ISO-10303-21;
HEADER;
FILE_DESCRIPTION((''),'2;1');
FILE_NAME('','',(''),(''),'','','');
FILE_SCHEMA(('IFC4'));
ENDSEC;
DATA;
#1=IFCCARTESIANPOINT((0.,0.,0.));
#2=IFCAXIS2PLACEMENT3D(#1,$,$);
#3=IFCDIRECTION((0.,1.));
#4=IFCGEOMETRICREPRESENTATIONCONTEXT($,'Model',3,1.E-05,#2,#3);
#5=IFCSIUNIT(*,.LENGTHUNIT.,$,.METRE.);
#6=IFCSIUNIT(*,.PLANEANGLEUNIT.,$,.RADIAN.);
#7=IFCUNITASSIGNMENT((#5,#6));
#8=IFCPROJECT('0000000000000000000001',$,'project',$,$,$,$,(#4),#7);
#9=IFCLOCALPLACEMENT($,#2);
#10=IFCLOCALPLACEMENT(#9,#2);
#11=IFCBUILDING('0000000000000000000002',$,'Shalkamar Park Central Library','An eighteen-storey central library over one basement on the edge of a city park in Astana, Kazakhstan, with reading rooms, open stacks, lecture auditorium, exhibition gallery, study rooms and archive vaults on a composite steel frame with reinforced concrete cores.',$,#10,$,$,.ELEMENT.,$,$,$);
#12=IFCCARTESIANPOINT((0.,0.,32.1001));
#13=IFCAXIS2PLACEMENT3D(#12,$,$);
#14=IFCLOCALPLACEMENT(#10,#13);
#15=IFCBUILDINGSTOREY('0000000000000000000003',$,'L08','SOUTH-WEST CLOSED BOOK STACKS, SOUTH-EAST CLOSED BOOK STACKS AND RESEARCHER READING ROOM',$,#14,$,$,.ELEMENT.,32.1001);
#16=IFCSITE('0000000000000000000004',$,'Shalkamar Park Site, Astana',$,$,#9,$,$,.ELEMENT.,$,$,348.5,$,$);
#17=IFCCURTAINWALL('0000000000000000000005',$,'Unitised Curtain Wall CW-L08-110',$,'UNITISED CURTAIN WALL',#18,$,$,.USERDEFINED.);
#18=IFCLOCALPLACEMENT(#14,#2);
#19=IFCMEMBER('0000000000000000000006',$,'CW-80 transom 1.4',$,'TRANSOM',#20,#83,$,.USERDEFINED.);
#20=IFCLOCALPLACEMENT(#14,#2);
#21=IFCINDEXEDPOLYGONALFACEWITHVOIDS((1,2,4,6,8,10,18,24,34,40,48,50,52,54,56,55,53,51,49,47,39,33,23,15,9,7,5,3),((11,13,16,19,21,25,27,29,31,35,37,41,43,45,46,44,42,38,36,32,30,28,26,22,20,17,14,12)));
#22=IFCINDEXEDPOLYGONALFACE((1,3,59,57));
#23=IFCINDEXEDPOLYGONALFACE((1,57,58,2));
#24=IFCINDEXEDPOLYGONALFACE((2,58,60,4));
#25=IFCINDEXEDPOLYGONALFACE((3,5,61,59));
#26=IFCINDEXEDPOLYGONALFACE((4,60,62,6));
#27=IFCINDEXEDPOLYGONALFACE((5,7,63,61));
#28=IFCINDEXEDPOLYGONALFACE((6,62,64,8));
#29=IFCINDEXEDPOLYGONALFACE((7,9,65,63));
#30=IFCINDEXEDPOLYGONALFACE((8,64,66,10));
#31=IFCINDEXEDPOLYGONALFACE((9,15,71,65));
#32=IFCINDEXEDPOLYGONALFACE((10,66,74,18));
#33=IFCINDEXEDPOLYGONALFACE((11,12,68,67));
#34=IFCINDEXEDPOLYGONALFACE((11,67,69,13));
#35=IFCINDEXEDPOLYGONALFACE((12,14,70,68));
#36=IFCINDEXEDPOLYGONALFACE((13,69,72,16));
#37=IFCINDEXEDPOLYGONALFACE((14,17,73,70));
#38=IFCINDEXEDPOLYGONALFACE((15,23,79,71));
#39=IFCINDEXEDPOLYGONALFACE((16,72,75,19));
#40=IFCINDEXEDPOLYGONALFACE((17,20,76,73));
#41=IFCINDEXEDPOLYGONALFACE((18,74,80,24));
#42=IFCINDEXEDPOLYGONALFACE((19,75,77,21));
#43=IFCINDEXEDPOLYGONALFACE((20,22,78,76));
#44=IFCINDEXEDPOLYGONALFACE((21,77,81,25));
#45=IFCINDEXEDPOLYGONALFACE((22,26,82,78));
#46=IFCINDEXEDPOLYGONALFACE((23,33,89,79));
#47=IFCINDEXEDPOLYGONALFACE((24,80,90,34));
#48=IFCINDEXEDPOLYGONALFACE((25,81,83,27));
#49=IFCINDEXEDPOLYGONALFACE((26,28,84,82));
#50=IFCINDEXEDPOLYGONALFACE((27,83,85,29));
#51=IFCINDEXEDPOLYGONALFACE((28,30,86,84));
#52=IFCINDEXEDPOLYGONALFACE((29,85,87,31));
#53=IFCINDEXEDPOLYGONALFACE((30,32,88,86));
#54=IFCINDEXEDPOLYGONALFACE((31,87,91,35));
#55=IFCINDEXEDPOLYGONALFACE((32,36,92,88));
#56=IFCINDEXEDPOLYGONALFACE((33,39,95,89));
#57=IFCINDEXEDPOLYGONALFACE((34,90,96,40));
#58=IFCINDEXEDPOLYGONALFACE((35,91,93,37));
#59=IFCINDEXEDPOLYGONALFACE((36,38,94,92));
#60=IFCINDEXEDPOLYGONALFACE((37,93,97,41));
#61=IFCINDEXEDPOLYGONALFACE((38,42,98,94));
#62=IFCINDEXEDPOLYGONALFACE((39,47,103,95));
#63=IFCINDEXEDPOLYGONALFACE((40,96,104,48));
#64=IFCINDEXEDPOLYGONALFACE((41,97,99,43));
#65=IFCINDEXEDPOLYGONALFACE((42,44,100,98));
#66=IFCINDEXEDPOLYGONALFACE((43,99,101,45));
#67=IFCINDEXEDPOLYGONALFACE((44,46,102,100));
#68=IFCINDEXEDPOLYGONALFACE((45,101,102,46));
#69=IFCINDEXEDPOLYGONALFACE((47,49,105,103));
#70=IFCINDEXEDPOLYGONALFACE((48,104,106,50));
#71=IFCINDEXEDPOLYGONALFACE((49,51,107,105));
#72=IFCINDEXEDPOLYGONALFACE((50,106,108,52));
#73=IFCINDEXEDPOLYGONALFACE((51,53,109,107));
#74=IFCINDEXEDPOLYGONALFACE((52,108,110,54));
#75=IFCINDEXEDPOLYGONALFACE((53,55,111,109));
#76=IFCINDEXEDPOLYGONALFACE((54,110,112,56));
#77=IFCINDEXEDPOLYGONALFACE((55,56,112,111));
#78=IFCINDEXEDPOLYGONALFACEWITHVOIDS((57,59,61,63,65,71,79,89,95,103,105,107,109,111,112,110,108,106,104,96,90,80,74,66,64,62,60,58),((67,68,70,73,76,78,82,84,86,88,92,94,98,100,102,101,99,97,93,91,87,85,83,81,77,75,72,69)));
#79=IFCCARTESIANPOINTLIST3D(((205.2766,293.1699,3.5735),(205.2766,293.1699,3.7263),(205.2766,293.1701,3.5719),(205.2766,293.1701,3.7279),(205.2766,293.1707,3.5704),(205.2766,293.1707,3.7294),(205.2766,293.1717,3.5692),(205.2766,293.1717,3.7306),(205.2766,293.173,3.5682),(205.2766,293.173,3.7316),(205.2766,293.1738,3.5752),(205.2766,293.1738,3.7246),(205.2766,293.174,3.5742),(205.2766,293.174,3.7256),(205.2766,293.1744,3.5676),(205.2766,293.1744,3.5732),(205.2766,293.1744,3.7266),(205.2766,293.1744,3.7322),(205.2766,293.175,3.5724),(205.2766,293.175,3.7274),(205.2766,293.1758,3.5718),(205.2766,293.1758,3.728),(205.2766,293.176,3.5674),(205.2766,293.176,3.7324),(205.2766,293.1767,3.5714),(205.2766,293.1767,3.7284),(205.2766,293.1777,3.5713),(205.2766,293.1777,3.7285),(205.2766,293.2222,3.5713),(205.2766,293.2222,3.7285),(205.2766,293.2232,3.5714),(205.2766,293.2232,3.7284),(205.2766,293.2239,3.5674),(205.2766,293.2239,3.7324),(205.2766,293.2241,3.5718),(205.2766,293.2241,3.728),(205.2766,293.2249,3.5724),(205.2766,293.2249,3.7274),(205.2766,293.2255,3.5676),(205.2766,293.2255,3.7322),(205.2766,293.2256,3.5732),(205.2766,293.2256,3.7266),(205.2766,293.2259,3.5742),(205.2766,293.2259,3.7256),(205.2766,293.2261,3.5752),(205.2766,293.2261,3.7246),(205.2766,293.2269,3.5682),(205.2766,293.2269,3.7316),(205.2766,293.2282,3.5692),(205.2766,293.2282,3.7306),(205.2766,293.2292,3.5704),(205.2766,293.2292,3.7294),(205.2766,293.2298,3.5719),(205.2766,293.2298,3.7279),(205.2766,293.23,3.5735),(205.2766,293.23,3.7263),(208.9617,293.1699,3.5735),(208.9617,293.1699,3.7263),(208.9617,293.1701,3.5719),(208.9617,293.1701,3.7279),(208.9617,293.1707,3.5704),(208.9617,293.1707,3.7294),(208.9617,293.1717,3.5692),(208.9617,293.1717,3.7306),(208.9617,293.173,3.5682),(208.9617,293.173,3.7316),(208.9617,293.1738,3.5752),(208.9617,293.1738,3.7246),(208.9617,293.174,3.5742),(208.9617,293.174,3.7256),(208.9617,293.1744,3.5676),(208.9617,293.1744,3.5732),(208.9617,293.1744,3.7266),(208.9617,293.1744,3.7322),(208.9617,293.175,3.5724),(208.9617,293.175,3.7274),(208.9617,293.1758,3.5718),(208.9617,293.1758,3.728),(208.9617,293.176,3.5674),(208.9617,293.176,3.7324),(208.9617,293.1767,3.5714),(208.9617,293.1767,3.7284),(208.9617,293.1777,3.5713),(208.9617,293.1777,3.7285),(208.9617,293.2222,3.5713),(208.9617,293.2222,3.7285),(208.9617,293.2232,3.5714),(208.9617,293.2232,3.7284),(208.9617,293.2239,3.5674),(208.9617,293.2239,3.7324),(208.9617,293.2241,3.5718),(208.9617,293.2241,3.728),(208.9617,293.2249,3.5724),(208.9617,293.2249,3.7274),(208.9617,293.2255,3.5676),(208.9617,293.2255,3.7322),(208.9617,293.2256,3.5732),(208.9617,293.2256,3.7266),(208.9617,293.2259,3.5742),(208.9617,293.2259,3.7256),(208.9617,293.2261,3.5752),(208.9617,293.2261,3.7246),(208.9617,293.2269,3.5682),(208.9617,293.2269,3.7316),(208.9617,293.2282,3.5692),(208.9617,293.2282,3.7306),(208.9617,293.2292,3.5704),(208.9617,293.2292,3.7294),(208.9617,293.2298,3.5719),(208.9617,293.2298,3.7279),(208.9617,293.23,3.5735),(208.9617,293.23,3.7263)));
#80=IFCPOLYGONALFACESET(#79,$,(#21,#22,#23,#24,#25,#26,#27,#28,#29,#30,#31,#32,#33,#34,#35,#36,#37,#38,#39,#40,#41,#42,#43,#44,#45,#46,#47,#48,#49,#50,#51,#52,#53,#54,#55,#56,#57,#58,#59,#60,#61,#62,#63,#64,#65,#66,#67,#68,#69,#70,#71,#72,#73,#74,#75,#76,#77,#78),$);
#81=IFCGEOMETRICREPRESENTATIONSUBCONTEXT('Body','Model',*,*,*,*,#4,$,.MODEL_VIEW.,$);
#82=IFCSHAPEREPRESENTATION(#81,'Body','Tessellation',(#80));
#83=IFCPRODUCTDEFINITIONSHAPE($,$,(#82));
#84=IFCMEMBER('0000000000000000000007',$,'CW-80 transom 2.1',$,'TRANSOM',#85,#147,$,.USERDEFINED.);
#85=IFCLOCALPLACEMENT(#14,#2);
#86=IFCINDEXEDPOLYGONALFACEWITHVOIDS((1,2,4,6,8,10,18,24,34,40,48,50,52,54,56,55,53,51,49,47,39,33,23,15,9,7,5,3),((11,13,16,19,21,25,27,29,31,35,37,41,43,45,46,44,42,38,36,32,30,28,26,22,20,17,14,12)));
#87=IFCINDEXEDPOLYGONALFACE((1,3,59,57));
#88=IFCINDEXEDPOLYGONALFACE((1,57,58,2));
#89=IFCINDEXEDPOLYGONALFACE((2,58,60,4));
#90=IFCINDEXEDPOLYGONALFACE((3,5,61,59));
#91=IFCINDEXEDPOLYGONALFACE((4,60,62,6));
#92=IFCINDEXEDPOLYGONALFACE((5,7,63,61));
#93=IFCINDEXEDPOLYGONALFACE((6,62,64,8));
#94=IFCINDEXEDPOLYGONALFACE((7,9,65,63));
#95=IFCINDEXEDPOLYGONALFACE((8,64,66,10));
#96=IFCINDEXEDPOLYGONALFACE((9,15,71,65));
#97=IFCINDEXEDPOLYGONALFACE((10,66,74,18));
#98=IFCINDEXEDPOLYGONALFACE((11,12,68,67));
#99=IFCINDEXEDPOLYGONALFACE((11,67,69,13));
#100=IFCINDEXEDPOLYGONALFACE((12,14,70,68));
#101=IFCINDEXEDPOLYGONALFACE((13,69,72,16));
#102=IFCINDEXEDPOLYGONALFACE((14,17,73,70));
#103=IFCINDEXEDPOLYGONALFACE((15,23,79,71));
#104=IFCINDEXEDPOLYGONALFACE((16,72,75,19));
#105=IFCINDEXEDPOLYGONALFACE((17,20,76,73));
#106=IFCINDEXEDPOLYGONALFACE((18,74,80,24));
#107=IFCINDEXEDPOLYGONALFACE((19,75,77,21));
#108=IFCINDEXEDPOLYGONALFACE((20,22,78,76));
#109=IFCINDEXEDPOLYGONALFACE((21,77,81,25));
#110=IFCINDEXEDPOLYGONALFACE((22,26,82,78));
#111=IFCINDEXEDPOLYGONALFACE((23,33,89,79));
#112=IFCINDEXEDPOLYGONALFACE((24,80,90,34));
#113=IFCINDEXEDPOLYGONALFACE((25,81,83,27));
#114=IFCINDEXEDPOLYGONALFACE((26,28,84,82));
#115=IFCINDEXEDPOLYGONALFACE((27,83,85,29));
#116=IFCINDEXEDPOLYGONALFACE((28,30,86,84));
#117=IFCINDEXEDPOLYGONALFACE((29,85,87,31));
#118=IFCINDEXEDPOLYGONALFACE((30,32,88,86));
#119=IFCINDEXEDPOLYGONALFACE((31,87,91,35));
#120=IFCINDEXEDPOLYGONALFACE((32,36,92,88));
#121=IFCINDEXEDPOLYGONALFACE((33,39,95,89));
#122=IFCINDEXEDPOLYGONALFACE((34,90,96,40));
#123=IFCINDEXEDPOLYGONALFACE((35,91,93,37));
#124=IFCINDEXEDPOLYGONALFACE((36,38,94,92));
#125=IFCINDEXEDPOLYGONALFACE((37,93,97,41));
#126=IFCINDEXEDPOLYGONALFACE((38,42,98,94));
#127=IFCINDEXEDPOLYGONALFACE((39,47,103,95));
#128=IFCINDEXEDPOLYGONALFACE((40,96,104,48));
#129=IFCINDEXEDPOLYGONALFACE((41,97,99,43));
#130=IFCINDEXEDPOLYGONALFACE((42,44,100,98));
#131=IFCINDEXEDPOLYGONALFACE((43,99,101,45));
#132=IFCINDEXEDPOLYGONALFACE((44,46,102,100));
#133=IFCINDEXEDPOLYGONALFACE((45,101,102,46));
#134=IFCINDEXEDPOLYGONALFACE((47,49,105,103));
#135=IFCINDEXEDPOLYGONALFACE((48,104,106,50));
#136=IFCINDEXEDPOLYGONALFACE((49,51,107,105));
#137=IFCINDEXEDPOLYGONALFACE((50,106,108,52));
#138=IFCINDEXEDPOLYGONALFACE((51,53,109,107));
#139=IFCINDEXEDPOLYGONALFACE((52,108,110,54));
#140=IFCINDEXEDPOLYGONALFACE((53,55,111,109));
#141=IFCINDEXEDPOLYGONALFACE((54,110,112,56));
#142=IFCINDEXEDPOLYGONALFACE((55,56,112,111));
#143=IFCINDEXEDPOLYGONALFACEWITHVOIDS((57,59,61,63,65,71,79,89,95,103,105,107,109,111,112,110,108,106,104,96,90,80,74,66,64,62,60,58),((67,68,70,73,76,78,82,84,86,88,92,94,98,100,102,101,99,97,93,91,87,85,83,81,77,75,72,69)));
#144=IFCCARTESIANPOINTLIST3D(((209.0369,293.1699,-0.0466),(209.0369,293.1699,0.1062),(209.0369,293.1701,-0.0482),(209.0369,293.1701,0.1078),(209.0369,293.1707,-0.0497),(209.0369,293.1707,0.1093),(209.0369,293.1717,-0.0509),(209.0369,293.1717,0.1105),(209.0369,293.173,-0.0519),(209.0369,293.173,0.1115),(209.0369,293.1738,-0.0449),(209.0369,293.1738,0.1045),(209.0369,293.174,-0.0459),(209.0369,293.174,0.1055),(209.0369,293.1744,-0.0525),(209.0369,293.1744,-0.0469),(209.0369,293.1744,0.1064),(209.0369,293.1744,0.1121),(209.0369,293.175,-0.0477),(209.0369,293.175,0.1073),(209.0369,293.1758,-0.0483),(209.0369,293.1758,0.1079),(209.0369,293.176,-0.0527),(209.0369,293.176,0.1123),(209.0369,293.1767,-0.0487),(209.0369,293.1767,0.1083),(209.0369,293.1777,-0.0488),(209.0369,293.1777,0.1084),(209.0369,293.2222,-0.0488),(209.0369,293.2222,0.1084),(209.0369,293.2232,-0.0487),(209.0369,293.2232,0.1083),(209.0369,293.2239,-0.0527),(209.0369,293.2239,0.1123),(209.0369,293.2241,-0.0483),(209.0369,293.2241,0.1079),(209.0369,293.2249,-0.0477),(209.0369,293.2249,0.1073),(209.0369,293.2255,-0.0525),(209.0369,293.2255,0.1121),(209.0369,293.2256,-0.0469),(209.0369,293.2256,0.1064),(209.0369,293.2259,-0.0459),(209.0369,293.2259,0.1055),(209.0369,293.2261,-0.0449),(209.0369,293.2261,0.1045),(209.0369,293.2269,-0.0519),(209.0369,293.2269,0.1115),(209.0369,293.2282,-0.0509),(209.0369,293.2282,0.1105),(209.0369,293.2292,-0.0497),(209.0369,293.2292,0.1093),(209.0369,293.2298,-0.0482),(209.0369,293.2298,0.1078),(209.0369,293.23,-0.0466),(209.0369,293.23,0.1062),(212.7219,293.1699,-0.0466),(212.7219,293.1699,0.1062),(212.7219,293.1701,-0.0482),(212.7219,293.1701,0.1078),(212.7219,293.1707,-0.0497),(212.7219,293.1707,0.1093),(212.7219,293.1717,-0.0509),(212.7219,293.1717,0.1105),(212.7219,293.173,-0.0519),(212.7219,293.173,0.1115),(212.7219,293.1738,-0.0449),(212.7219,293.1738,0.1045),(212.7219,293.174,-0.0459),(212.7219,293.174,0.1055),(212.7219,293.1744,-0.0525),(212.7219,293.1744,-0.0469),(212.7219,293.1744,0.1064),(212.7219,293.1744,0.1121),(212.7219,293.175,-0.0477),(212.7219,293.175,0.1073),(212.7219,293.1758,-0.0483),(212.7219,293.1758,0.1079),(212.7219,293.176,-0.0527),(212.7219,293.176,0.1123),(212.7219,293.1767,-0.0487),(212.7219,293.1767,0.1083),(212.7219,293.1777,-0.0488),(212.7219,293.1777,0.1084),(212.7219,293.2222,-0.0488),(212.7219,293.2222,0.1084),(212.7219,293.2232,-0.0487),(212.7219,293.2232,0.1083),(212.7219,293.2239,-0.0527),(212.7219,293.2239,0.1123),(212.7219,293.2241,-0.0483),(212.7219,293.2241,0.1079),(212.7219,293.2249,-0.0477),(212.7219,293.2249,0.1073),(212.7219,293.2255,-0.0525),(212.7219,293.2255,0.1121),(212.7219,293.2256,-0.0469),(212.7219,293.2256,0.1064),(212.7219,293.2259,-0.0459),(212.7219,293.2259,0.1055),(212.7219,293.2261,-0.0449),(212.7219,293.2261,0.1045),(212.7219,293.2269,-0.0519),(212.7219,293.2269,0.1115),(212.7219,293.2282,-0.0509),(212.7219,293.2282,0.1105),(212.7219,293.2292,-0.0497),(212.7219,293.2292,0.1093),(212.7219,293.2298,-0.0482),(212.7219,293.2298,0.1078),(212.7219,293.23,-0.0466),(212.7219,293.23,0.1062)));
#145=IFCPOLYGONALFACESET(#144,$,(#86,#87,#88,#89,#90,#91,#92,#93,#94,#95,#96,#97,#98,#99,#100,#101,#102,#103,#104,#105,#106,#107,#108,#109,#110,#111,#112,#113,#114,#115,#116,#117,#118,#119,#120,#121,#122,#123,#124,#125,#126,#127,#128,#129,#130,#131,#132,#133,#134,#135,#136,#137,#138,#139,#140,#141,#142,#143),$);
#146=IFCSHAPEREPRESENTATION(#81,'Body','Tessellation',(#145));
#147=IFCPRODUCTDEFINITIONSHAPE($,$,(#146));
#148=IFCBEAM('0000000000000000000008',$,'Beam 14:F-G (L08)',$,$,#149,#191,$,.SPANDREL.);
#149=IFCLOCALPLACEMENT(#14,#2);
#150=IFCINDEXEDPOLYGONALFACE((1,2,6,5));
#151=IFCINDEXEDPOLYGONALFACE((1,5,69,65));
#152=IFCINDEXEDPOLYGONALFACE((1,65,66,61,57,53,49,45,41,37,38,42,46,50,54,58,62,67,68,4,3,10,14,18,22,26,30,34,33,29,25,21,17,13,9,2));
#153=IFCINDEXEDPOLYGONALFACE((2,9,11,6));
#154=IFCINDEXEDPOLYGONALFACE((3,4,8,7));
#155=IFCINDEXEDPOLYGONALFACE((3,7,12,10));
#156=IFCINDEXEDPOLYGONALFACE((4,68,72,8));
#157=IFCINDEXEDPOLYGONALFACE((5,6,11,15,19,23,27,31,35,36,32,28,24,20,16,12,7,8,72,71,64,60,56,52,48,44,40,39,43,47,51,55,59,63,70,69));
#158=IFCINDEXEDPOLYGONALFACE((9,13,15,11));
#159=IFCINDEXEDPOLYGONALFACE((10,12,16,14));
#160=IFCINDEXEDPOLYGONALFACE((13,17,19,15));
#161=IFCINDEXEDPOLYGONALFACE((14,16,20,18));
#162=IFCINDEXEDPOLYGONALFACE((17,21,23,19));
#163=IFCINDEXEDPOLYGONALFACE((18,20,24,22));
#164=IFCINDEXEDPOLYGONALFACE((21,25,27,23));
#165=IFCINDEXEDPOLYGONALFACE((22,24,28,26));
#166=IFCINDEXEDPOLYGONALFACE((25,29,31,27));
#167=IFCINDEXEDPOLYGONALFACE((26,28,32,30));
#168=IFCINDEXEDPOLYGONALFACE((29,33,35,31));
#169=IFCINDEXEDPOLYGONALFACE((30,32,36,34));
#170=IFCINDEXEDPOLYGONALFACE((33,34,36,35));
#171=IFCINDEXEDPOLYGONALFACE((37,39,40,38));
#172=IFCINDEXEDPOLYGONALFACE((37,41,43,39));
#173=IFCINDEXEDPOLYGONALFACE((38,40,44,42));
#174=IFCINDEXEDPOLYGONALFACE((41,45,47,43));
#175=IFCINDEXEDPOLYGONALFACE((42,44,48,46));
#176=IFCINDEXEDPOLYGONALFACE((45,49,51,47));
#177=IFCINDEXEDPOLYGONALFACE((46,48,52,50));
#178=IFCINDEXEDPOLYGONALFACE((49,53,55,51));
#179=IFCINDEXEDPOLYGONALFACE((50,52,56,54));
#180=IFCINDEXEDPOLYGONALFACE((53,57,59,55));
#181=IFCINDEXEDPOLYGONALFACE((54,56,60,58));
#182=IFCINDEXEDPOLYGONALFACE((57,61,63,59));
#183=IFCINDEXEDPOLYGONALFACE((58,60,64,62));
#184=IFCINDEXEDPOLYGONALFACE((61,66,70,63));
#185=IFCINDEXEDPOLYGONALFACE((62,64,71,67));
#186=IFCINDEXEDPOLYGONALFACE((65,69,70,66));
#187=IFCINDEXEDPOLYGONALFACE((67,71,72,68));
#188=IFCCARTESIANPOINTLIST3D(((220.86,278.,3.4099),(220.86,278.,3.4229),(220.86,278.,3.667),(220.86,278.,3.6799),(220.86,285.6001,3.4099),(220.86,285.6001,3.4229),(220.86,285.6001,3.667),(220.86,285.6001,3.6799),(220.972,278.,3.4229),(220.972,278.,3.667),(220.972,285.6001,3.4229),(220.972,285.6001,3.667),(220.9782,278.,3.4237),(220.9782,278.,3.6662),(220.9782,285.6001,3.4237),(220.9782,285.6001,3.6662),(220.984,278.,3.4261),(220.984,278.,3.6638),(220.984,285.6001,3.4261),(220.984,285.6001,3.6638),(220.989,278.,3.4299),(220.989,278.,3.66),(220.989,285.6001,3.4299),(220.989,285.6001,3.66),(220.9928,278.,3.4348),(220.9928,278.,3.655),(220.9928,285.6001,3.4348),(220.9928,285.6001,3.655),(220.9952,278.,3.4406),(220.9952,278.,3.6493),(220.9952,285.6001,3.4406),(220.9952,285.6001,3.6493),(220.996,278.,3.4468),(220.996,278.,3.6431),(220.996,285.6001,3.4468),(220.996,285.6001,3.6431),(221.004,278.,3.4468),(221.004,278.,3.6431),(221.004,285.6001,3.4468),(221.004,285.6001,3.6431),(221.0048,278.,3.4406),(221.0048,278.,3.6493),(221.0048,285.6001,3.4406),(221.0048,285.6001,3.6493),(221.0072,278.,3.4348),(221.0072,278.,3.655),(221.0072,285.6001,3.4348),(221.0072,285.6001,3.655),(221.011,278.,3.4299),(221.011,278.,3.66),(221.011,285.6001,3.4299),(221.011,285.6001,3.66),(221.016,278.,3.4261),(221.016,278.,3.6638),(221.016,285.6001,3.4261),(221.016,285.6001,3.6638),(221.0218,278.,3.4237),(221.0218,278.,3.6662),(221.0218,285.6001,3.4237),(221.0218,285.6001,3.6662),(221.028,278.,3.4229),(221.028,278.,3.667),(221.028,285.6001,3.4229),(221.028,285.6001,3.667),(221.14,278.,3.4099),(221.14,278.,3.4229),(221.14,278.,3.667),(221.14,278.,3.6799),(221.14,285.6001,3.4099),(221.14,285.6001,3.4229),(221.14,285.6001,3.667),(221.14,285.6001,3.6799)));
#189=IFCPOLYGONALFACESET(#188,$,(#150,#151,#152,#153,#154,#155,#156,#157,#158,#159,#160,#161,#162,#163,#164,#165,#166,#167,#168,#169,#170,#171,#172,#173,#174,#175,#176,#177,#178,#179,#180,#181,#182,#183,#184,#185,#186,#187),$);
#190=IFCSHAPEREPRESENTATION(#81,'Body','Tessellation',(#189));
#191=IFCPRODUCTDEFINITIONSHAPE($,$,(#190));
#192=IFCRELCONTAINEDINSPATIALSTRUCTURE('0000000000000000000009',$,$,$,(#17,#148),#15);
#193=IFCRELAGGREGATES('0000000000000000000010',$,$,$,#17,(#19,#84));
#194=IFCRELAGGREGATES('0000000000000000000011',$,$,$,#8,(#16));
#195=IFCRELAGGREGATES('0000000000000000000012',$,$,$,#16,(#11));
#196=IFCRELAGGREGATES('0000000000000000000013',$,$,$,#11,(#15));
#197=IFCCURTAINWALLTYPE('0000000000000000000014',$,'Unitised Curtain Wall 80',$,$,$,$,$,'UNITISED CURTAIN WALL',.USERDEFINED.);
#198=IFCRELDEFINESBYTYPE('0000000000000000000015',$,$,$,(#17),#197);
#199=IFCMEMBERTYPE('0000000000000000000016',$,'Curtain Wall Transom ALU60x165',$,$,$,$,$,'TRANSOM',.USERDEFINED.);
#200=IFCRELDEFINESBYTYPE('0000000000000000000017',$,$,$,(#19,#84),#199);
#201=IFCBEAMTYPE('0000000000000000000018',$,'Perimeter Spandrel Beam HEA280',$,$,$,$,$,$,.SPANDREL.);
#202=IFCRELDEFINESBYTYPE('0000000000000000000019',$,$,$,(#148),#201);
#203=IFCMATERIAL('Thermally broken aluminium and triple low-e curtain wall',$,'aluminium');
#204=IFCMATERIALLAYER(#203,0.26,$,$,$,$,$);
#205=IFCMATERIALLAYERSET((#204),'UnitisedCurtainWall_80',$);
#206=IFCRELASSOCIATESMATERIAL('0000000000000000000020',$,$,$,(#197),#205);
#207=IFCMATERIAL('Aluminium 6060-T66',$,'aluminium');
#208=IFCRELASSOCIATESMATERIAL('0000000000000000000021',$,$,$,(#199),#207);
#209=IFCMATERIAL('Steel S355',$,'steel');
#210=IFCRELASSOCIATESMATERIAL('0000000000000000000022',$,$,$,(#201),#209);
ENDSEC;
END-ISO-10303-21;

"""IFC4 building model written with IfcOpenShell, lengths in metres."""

from ifc_helpers import new_model, si_unit, direction, frame, origin, origin_2d, place, context, subcontext, project, spatial, hollow_rectangle, i_section, extrude, material, layer, layer_set, material_profile, profile_set, type_object, element, aggregate, save


model = new_model("IFC4")

# Units and contexts
model_context = context("Model", 3, precision=1e-05, world=origin(), true_north=direction((0.0, 1.0)))
body_context = subcontext(model_context, "Body", "Model", "MODEL_VIEW")
ifc_project = project(units=[si_unit("LENGTHUNIT", "METRE"), si_unit("PLANEANGLEUNIT", "RADIAN")], contexts=[model_context])

# Site, building, storey
site_placement = place(None, origin())
site = spatial("IfcSite", under=ifc_project, at=site_placement, Name="Shalkamar Park Site, Astana", CompositionType="ELEMENT", RefElevation=348.5)
building_placement = place(site_placement, origin())
building = spatial("IfcBuilding", under=site, at=building_placement, Name="Shalkamar Park Central Library", Description="An eighteen-storey central library over one basement on the edge of a city park in Astana, Kazakhstan, with reading rooms, open stacks, lecture auditorium, exhibition gallery, study rooms and archive vaults on a composite steel frame with reinforced concrete cores.", CompositionType="ELEMENT")
storey_placement = place(building_placement, frame((0.0, 0.0, 32.1001)))
storey = spatial("IfcBuildingStorey", under=building, at=storey_placement, Name="L08", Description="SOUTH-WEST CLOSED BOOK STACKS, SOUTH-EAST CLOSED BOOK STACKS AND RESEARCHER READING ROOM", CompositionType="ELEMENT", Elevation=32.1001)

# Shared definitions
ifc_material_1 = material(Name="Steel S355", Category="steel")

# Curtain wall, members
ifc_material_2 = material(Name="Thermally broken aluminium and triple low-e curtain wall", Category="aluminium")
ifc_layer_1 = layer(ifc_material_2, 0.26)
ifc_layer_set_1 = layer_set([ifc_layer_1], Name="UnitisedCurtainWall_80")
curtain_wall_type = type_object("IfcCurtainWallType", Name="Unitised Curtain Wall 80", ElementType="UNITISED CURTAIN WALL", PredefinedType="USERDEFINED", material=ifc_layer_set_1)
curtain_wall_placement = place(storey_placement, origin())
curtain_wall = element("IfcCurtainWall", 1, at=curtain_wall_placement, inside=storey, type_object=curtain_wall_type, Name="Unitised Curtain Wall CW-L08-110", ObjectType="UNITISED CURTAIN WALL", PredefinedType="USERDEFINED")
ifc_material_3 = material(Name="Aluminium 6060-T66", Category="aluminium")
ifc_material_profile_1 = material_profile(ifc_material_3, hollow_rectangle(XDim=0.0601, YDim=0.165, WallThickness=0.0039, InnerFilletRadius=0.0039, OuterFilletRadius=0.0061, at=origin_2d()), Name="ALU 60x165x4")
ifc_profile_set_1 = profile_set([ifc_material_profile_1], Name="Aluminium 6060-T66")
member_type_1 = type_object("IfcMemberType", Name="Curtain Wall Transom ALU60x165", ElementType="TRANSOM", PredefinedType="USERDEFINED", material=ifc_profile_set_1)
member_1_placement = place(storey_placement, frame((205.2766, 293.2, 3.6499), z_axis=(1.0, 0.0, 0.0), x_axis=(0.0, 1.0, 0.0)))
member_1 = element("IfcMember", 2, at=member_1_placement, type_object=member_type_1, Name="CW-80 transom 1.4", ObjectType="TRANSOM", PredefinedType="USERDEFINED", context=body_context, shape_type="SweptSolid", body=[
    extrude(hollow_rectangle(XDim=0.0601, YDim=0.165, WallThickness=0.0039, InnerFilletRadius=0.0039, OuterFilletRadius=0.0061, at=origin_2d()), origin(), (0.0, 0.0, 1.0), 3.6851),
])
member_2_placement = place(storey_placement, frame((209.0369, 293.2, 0.0298), z_axis=(1.0, 0.0, 0.0), x_axis=(0.0, 1.0, 0.0)))
member_2 = element("IfcMember", 3, at=member_2_placement, type_object=member_type_1, Name="CW-80 transom 2.1", ObjectType="TRANSOM", PredefinedType="USERDEFINED", context=body_context, shape_type="SweptSolid", body=[
    extrude(hollow_rectangle(XDim=0.0601, YDim=0.165, WallThickness=0.0039, InnerFilletRadius=0.0039, OuterFilletRadius=0.0061, at=origin_2d()), origin(), (0.0, 0.0, 1.0), 3.6851),
])

# Beam
ifc_material_profile_2 = material_profile(ifc_material_1, i_section(OverallWidth=0.28, OverallDepth=0.27, WebThickness=0.0081, FlangeThickness=0.0129, FilletRadius=0.0239, at=origin_2d()), Name="HEA 280")
ifc_profile_set_2 = profile_set([ifc_material_profile_2], Name="Steel S355")
beam_type_1 = type_object("IfcBeamType", Name="Perimeter Spandrel Beam HEA280", PredefinedType="SPANDREL", material=ifc_profile_set_2)
beam_1_placement = place(storey_placement, frame((221.0, 278.0, 3.5449), z_axis=(0.0, 1.0, 0.0), x_axis=(-1.0, 0.0, 0.0)))
element("IfcBeam", 4, at=beam_1_placement, inside=storey, type_object=beam_type_1, Name="Beam 14:F-G (L08)", PredefinedType="SPANDREL", context=body_context, shape_type="SweptSolid", body=[
    extrude(i_section(OverallWidth=0.28, OverallDepth=0.27, WebThickness=0.0081, FlangeThickness=0.0129, FilletRadius=0.0239, at=origin_2d()), origin(), (0.0, 0.0, 1.0), 7.6001),
])

aggregate(curtain_wall, [member_1, member_2])

save(model, "model.ifc")
